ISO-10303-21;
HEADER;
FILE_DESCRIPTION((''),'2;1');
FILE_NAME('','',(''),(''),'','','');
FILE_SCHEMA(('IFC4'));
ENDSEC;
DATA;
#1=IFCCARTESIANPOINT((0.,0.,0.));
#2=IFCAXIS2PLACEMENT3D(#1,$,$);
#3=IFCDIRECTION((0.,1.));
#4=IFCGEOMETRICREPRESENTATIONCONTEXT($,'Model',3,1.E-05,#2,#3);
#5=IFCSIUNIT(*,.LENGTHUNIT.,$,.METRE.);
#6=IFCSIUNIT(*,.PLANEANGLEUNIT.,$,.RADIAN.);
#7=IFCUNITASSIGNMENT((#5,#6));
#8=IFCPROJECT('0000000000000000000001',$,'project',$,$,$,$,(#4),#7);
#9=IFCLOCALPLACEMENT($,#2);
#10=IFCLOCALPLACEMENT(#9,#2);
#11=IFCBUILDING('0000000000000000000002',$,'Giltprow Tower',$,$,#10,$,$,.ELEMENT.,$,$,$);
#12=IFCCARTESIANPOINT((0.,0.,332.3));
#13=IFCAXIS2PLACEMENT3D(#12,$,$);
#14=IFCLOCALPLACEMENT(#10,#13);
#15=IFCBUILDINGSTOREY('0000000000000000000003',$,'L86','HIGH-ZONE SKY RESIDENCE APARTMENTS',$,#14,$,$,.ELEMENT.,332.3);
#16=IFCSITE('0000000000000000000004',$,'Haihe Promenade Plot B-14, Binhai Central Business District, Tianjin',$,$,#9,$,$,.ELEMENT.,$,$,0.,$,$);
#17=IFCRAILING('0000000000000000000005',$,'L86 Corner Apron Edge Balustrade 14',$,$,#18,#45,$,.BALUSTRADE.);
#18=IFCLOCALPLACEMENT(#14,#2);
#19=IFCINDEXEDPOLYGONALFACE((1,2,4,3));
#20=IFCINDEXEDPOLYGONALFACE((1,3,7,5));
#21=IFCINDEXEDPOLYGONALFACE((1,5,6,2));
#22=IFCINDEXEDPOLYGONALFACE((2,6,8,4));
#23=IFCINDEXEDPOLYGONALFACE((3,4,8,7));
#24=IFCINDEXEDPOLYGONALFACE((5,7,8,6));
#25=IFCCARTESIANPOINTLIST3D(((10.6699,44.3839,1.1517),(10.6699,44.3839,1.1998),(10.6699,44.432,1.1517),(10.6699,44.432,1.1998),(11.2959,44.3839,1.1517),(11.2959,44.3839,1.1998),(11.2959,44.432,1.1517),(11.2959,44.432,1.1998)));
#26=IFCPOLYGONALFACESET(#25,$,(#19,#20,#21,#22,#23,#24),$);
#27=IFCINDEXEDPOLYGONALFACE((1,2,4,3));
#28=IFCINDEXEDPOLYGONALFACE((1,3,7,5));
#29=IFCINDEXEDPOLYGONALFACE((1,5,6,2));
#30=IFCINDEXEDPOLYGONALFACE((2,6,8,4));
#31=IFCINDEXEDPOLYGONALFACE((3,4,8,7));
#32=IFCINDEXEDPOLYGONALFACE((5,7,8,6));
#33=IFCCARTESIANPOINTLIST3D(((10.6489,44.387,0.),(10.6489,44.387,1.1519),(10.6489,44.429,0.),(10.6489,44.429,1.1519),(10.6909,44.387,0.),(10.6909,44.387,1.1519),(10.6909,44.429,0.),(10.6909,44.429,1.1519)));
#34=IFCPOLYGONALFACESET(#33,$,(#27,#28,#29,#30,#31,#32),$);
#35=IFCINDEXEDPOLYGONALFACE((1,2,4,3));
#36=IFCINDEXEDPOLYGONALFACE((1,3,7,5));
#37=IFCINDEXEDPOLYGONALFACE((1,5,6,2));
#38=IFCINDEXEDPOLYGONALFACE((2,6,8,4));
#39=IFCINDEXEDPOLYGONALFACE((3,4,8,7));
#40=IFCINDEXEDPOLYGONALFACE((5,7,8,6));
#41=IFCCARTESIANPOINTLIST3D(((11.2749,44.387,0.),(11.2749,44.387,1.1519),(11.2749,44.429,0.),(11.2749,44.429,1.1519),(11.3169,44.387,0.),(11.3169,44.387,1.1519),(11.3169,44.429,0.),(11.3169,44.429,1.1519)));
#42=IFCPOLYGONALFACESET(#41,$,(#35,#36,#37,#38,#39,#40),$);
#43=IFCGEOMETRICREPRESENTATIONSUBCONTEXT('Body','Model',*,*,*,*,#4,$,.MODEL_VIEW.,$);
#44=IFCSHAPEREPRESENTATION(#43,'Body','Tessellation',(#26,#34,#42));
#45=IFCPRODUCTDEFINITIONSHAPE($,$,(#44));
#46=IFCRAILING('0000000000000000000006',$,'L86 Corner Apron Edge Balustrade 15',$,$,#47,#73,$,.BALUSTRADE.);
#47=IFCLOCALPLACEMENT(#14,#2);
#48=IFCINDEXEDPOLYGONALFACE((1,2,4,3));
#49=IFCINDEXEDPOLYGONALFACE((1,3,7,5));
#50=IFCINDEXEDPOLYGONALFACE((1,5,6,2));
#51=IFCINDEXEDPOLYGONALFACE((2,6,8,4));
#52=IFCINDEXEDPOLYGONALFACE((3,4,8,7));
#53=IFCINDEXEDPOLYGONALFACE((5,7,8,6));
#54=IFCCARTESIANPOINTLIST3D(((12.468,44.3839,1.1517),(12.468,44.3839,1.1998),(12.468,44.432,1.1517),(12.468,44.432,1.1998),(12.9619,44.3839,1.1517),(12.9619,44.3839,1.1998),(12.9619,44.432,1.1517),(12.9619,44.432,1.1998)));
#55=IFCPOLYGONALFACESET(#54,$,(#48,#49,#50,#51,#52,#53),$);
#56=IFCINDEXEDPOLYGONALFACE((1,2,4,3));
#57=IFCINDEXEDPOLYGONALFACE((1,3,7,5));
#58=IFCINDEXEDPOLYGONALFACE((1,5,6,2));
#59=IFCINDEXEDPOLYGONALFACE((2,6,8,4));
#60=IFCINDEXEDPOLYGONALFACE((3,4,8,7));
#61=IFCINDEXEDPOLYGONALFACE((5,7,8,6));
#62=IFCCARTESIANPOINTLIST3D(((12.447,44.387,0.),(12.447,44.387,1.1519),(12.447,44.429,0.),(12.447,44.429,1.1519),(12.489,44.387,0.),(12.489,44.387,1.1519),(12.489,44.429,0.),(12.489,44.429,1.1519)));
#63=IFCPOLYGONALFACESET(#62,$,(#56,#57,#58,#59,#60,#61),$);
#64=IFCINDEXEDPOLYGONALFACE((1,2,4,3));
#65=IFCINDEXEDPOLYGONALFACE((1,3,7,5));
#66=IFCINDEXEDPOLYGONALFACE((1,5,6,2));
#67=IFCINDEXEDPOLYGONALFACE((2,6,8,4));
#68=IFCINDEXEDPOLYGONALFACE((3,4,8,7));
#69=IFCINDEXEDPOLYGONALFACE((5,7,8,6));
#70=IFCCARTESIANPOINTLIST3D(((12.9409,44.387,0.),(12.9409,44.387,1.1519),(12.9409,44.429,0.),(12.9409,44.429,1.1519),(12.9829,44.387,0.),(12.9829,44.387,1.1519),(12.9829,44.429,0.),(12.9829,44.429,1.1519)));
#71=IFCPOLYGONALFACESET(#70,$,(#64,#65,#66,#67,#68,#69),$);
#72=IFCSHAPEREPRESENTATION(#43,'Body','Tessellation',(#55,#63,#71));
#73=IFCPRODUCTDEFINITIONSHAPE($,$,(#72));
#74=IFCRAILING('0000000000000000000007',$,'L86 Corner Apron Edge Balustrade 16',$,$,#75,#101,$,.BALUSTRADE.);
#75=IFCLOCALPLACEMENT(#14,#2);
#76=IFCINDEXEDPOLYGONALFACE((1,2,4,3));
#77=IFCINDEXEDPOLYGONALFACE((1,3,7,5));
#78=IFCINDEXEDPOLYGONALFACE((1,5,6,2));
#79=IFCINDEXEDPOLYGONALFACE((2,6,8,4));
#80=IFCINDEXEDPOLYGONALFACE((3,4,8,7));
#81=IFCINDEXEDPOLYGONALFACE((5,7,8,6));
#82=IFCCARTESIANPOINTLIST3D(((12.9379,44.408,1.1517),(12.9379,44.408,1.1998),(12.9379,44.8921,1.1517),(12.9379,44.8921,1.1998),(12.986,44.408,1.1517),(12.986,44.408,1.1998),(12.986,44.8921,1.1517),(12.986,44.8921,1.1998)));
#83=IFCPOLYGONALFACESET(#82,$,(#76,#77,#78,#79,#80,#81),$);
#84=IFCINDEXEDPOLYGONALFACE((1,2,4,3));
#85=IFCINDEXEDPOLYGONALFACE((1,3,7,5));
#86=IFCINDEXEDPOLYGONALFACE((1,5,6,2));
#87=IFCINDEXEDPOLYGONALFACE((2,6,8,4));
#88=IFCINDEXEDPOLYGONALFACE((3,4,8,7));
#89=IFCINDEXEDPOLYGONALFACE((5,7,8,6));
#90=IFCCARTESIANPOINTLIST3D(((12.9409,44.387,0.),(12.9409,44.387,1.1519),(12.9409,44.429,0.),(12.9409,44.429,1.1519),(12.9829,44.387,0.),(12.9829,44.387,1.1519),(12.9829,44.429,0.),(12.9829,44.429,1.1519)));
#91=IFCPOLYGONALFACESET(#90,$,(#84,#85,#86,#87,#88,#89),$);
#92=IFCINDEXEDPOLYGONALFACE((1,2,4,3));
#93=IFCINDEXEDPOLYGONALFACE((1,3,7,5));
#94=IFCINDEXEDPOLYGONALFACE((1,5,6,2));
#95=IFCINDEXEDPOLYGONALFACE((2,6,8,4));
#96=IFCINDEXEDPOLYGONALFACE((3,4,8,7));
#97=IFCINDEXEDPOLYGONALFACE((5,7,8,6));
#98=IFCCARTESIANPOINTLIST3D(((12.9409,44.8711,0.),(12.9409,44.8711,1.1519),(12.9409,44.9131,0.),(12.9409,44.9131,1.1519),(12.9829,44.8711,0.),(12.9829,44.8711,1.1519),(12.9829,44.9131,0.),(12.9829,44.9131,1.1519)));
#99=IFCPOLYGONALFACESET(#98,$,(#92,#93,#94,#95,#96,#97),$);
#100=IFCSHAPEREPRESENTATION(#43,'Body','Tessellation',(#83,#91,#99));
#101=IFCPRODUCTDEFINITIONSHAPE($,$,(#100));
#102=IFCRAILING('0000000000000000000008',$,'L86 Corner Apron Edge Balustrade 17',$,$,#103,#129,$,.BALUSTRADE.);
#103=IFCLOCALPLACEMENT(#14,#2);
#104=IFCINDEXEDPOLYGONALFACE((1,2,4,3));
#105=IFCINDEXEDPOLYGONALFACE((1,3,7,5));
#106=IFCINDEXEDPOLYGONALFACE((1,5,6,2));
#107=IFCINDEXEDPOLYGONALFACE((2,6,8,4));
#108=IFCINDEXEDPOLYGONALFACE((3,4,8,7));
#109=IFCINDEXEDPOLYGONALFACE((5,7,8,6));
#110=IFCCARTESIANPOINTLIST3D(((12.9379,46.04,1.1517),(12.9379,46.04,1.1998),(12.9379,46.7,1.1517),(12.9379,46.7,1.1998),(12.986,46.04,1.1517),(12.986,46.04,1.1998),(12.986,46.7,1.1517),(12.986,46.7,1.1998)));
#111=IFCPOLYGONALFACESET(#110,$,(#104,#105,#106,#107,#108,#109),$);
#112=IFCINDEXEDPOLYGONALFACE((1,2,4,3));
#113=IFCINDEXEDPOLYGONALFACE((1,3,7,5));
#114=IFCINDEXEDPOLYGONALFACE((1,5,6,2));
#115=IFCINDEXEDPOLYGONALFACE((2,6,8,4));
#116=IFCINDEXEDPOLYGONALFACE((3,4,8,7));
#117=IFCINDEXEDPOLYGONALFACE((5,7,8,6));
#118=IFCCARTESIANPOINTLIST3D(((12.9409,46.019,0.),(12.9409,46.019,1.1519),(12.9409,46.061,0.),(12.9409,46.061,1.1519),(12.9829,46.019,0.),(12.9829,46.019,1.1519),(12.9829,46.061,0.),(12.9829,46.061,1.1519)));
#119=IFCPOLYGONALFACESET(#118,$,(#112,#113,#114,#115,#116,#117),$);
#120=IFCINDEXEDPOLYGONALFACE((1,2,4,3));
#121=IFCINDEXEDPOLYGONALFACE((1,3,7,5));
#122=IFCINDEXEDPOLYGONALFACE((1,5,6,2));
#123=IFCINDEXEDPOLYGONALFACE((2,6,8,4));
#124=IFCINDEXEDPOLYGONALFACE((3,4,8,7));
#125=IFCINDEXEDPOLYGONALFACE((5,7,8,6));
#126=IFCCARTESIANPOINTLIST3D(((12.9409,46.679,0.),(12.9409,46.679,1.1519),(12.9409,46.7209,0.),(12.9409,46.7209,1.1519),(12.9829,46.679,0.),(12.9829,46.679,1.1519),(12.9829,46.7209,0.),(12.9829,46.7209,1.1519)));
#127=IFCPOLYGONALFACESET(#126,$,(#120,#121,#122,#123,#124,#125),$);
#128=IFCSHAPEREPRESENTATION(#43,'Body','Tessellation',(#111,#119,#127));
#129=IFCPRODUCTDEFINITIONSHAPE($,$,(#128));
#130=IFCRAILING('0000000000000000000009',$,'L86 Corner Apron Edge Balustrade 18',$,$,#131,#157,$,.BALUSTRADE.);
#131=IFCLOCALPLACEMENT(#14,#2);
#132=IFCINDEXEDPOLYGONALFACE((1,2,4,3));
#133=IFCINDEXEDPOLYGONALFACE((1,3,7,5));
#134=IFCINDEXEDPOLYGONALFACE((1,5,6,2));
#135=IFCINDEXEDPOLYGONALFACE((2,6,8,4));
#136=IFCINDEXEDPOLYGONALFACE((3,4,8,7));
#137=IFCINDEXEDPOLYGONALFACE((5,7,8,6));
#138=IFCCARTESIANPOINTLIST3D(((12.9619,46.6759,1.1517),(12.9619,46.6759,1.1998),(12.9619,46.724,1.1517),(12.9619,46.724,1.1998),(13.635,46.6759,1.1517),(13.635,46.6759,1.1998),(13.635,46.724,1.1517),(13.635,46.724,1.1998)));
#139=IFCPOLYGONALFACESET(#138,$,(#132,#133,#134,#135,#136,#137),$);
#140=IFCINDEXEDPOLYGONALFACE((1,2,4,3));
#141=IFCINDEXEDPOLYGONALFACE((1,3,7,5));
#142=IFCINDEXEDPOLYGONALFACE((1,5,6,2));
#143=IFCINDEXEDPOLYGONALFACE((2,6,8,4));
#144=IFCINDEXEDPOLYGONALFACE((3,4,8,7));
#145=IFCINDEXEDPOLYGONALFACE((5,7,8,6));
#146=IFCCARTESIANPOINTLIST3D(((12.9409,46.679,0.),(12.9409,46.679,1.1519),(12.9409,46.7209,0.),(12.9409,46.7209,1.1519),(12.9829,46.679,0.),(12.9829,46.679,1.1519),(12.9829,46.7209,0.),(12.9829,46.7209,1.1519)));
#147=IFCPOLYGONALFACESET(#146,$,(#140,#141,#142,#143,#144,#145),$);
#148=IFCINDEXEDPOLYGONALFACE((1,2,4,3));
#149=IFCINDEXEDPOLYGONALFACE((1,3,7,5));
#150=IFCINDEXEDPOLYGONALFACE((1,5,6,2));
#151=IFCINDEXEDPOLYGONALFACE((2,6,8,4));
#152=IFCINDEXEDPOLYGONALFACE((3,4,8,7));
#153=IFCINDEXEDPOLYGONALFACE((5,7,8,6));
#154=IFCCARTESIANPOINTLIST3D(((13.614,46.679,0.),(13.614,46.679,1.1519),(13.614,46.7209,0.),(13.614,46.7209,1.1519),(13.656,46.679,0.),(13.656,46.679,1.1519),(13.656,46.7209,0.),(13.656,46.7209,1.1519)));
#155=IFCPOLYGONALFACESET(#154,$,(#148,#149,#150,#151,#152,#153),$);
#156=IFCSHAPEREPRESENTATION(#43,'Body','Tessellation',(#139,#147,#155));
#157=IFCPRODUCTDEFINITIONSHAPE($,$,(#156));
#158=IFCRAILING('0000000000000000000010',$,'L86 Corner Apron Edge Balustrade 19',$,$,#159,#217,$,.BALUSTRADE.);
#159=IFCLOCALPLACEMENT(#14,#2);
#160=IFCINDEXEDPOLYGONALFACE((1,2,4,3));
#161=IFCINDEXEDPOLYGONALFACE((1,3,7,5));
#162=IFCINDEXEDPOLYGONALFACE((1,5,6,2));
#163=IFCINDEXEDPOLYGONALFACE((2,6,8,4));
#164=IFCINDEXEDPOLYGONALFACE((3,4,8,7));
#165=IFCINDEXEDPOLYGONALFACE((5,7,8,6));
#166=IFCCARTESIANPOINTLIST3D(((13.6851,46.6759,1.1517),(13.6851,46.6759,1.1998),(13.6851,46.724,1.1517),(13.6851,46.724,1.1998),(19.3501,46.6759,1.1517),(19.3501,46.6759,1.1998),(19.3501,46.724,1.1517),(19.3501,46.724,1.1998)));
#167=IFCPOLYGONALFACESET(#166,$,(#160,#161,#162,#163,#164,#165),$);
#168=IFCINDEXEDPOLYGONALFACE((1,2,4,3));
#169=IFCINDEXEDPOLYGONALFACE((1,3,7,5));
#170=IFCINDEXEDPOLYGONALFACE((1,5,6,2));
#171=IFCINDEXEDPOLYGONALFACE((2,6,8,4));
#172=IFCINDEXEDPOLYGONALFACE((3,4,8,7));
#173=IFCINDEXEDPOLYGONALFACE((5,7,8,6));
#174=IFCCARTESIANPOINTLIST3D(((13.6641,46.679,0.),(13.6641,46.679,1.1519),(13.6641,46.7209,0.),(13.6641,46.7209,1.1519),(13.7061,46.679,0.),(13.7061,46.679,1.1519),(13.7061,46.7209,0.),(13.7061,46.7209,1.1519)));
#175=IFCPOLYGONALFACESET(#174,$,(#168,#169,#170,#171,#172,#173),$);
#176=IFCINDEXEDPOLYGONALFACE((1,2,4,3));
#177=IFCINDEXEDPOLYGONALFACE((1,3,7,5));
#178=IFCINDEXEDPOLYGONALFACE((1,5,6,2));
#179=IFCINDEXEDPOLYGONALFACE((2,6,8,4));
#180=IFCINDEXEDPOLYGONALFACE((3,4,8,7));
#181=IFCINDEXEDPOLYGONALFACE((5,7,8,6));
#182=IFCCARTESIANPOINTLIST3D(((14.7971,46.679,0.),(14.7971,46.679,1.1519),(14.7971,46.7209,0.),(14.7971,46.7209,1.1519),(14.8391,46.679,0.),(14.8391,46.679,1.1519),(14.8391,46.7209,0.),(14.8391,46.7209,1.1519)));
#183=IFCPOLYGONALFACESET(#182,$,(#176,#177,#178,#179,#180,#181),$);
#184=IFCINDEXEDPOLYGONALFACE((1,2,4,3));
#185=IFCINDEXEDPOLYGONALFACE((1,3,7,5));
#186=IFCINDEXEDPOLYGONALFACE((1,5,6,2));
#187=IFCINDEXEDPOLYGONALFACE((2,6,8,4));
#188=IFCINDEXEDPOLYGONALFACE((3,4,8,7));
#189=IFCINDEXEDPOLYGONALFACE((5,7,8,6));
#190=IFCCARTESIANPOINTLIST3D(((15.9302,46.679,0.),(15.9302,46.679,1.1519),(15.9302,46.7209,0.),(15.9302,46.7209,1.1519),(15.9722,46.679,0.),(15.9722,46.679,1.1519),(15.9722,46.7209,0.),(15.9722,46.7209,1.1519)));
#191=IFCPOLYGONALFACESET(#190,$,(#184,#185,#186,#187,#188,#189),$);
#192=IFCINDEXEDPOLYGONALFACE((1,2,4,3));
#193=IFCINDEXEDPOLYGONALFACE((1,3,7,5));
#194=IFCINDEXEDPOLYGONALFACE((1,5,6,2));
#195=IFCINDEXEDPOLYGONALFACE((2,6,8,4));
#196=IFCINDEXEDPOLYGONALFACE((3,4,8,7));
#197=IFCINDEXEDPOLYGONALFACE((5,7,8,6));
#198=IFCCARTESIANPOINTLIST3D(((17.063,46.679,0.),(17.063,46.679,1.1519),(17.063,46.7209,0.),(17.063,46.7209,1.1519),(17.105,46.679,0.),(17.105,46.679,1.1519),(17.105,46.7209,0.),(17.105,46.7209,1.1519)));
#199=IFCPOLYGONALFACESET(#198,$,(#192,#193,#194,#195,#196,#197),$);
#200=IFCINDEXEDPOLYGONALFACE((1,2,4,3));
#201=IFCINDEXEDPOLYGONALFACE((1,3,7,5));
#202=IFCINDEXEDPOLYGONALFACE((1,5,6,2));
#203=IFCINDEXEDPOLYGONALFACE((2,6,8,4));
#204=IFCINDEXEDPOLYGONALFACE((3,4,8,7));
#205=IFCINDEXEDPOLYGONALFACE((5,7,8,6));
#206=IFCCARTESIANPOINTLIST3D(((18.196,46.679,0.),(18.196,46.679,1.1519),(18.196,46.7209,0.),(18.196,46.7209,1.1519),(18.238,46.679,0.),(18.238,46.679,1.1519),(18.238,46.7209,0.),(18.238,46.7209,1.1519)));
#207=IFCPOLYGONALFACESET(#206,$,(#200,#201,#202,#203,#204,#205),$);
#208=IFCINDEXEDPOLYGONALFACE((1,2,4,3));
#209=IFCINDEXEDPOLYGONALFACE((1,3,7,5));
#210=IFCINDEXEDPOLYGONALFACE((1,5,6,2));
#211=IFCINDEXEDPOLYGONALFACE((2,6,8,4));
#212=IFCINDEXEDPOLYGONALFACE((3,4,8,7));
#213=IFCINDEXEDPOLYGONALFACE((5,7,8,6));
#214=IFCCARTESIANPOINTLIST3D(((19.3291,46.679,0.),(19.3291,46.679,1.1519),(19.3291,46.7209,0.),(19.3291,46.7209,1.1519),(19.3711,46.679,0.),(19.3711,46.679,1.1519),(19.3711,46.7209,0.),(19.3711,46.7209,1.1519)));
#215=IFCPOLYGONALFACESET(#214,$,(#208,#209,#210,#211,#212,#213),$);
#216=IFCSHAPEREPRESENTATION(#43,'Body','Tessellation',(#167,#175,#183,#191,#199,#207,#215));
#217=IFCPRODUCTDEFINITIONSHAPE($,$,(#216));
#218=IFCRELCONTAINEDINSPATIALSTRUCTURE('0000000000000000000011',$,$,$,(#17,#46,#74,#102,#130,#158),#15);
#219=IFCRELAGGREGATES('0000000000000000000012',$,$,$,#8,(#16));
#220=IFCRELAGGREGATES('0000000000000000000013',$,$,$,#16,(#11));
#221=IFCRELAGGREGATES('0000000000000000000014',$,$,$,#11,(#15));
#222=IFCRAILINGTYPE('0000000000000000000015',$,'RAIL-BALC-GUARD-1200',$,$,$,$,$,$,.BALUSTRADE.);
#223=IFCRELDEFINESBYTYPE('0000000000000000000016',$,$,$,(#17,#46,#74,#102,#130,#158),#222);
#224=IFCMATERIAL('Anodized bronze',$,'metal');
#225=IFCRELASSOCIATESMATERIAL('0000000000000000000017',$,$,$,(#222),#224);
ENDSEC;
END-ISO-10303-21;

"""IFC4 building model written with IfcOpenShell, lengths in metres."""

from ifc_helpers import new_model, si_unit, direction, frame, origin, origin_2d, place, context, subcontext, project, spatial, rectangle, extrude, material, type_object, element, save


model = new_model("IFC4")

# Units and contexts
model_context = context("Model", 3, precision=1e-05, world=origin(), true_north=direction((0.0, 1.0)))
body_context = subcontext(model_context, "Body", "Model", "MODEL_VIEW")
ifc_project = project(units=[si_unit("LENGTHUNIT", "METRE"), si_unit("PLANEANGLEUNIT", "RADIAN")], contexts=[model_context])

# Site, building, storey
site_placement = place(None, origin())
site = spatial("IfcSite", under=ifc_project, at=site_placement, Name="Haihe Promenade Plot B-14, Binhai Central Business District, Tianjin", CompositionType="ELEMENT", RefElevation=0.0)
building_placement = place(site_placement, origin())
building = spatial("IfcBuilding", under=site, at=building_placement, Name="Giltprow Tower", CompositionType="ELEMENT")
storey_placement = place(building_placement, frame((0.0, 0.0, 332.3)))
storey = spatial("IfcBuildingStorey", under=building, at=storey_placement, Name="L86", Description="HIGH-ZONE SKY RESIDENCE APARTMENTS", CompositionType="ELEMENT", Elevation=332.3)

# Railings
ifc_material_1 = material(Name="Anodized bronze", Category="metal")
railing_type = type_object("IfcRailingType", Name="RAIL-BALC-GUARD-1200", PredefinedType="BALUSTRADE", material=ifc_material_1)
railing_1_placement = place(storey_placement, frame((10.6699, 44.408, 0.0)))
element("IfcRailing", 1, at=railing_1_placement, inside=storey, type_object=railing_type, Name="L86 Corner Apron Edge Balustrade 14", PredefinedType="BALUSTRADE", context=body_context, shape_type="SweptSolid", body=[
    extrude(rectangle(XDim=0.0481, YDim=0.0481, at=origin_2d()), frame((0.0, 0.0, 1.1758), z_axis=(1.0, 0.0, 0.0), x_axis=(0.0, 1.0, 0.0)), (0.0, 0.0, 1.0), 0.626),
    extrude(rectangle(XDim=0.042, YDim=0.042, at=origin_2d()), origin(), (0.0, 0.0, 1.0), 1.1519),
    extrude(rectangle(XDim=0.042, YDim=0.042, at=origin_2d()), frame((0.626, 0.0, 0.0)), (0.0, 0.0, 1.0), 1.1519),
])
railing_2_placement = place(storey_placement, frame((12.468, 44.408, 0.0)))
element("IfcRailing", 2, at=railing_2_placement, inside=storey, type_object=railing_type, Name="L86 Corner Apron Edge Balustrade 15", PredefinedType="BALUSTRADE", context=body_context, shape_type="SweptSolid", body=[
    extrude(rectangle(XDim=0.0481, YDim=0.0481, at=origin_2d()), frame((0.0, 0.0, 1.1758), z_axis=(1.0, 0.0, 0.0), x_axis=(0.0, 1.0, 0.0)), (0.0, 0.0, 1.0), 0.4939),
    extrude(rectangle(XDim=0.042, YDim=0.042, at=origin_2d()), origin(), (0.0, 0.0, 1.0), 1.1519),
    extrude(rectangle(XDim=0.042, YDim=0.042, at=origin_2d()), frame((0.4939, 0.0, 0.0)), (0.0, 0.0, 1.0), 1.1519),
])
railing_3_placement = place(storey_placement, frame((12.9619, 44.408, 0.0)))
element("IfcRailing", 3, at=railing_3_placement, inside=storey, type_object=railing_type, Name="L86 Corner Apron Edge Balustrade 16", PredefinedType="BALUSTRADE", context=body_context, shape_type="SweptSolid", body=[
    extrude(rectangle(XDim=0.0481, YDim=0.0481, at=origin_2d()), frame((0.0, 0.0, 1.1758), z_axis=(0.0, 1.0, 0.0), x_axis=(-1.0, 0.0, 0.0)), (0.0, 0.0, 1.0), 0.4841),
    extrude(rectangle(XDim=0.042, YDim=0.042, at=origin_2d()), origin(), (0.0, 0.0, 1.0), 1.1519),
    extrude(rectangle(XDim=0.042, YDim=0.042, at=origin_2d()), frame((0.0, 0.4841, 0.0)), (0.0, 0.0, 1.0), 1.1519),
])
railing_4_placement = place(storey_placement, frame((12.9619, 46.04, 0.0)))
element("IfcRailing", 4, at=railing_4_placement, inside=storey, type_object=railing_type, Name="L86 Corner Apron Edge Balustrade 17", PredefinedType="BALUSTRADE", context=body_context, shape_type="SweptSolid", body=[
    extrude(rectangle(XDim=0.0481, YDim=0.0481, at=origin_2d()), frame((0.0, 0.0, 1.1758), z_axis=(0.0, 1.0, 0.0), x_axis=(-1.0, 0.0, 0.0)), (0.0, 0.0, 1.0), 0.6599),
    extrude(rectangle(XDim=0.042, YDim=0.042, at=origin_2d()), origin(), (0.0, 0.0, 1.0), 1.1519),
    extrude(rectangle(XDim=0.042, YDim=0.042, at=origin_2d()), frame((0.0, 0.6599, 0.0)), (0.0, 0.0, 1.0), 1.1519),
])
railing_5_placement = place(storey_placement, frame((12.9619, 46.7, 0.0)))
element("IfcRailing", 5, at=railing_5_placement, inside=storey, type_object=railing_type, Name="L86 Corner Apron Edge Balustrade 18", PredefinedType="BALUSTRADE", context=body_context, shape_type="SweptSolid", body=[
    extrude(rectangle(XDim=0.0481, YDim=0.0481, at=origin_2d()), frame((0.0, 0.0, 1.1758), z_axis=(1.0, 0.0, 0.0), x_axis=(0.0, 1.0, 0.0)), (0.0, 0.0, 1.0), 0.6731),
    extrude(rectangle(XDim=0.042, YDim=0.042, at=origin_2d()), origin(), (0.0, 0.0, 1.0), 1.1519),
    extrude(rectangle(XDim=0.042, YDim=0.042, at=origin_2d()), frame((0.6731, 0.0, 0.0)), (0.0, 0.0, 1.0), 1.1519),
])
railing_6_placement = place(storey_placement, frame((13.6851, 46.7, 0.0)))
element("IfcRailing", 6, at=railing_6_placement, inside=storey, type_object=railing_type, Name="L86 Corner Apron Edge Balustrade 19", PredefinedType="BALUSTRADE", context=body_context, shape_type="SweptSolid", body=[
    extrude(rectangle(XDim=0.0481, YDim=0.0481, at=origin_2d()), frame((0.0, 0.0, 1.1758), z_axis=(1.0, 0.0, 0.0), x_axis=(0.0, 1.0, 0.0)), (0.0, 0.0, 1.0), 5.665),
    extrude(rectangle(XDim=0.042, YDim=0.042, at=origin_2d()), origin(), (0.0, 0.0, 1.0), 1.1519),
    extrude(rectangle(XDim=0.042, YDim=0.042, at=origin_2d()), frame((1.1331, 0.0, 0.0)), (0.0, 0.0, 1.0), 1.1519),
    extrude(rectangle(XDim=0.042, YDim=0.042, at=origin_2d()), frame((2.2661, 0.0, 0.0)), (0.0, 0.0, 1.0), 1.1519),
    extrude(rectangle(XDim=0.042, YDim=0.042, at=origin_2d()), frame((3.3989, 0.0, 0.0)), (0.0, 0.0, 1.0), 1.1519),
    extrude(rectangle(XDim=0.042, YDim=0.042, at=origin_2d()), frame((4.532, 0.0, 0.0)), (0.0, 0.0, 1.0), 1.1519),
    extrude(rectangle(XDim=0.042, YDim=0.042, at=origin_2d()), frame((5.665, 0.0, 0.0)), (0.0, 0.0, 1.0), 1.1519),
])

save(model, "model.ifc")
